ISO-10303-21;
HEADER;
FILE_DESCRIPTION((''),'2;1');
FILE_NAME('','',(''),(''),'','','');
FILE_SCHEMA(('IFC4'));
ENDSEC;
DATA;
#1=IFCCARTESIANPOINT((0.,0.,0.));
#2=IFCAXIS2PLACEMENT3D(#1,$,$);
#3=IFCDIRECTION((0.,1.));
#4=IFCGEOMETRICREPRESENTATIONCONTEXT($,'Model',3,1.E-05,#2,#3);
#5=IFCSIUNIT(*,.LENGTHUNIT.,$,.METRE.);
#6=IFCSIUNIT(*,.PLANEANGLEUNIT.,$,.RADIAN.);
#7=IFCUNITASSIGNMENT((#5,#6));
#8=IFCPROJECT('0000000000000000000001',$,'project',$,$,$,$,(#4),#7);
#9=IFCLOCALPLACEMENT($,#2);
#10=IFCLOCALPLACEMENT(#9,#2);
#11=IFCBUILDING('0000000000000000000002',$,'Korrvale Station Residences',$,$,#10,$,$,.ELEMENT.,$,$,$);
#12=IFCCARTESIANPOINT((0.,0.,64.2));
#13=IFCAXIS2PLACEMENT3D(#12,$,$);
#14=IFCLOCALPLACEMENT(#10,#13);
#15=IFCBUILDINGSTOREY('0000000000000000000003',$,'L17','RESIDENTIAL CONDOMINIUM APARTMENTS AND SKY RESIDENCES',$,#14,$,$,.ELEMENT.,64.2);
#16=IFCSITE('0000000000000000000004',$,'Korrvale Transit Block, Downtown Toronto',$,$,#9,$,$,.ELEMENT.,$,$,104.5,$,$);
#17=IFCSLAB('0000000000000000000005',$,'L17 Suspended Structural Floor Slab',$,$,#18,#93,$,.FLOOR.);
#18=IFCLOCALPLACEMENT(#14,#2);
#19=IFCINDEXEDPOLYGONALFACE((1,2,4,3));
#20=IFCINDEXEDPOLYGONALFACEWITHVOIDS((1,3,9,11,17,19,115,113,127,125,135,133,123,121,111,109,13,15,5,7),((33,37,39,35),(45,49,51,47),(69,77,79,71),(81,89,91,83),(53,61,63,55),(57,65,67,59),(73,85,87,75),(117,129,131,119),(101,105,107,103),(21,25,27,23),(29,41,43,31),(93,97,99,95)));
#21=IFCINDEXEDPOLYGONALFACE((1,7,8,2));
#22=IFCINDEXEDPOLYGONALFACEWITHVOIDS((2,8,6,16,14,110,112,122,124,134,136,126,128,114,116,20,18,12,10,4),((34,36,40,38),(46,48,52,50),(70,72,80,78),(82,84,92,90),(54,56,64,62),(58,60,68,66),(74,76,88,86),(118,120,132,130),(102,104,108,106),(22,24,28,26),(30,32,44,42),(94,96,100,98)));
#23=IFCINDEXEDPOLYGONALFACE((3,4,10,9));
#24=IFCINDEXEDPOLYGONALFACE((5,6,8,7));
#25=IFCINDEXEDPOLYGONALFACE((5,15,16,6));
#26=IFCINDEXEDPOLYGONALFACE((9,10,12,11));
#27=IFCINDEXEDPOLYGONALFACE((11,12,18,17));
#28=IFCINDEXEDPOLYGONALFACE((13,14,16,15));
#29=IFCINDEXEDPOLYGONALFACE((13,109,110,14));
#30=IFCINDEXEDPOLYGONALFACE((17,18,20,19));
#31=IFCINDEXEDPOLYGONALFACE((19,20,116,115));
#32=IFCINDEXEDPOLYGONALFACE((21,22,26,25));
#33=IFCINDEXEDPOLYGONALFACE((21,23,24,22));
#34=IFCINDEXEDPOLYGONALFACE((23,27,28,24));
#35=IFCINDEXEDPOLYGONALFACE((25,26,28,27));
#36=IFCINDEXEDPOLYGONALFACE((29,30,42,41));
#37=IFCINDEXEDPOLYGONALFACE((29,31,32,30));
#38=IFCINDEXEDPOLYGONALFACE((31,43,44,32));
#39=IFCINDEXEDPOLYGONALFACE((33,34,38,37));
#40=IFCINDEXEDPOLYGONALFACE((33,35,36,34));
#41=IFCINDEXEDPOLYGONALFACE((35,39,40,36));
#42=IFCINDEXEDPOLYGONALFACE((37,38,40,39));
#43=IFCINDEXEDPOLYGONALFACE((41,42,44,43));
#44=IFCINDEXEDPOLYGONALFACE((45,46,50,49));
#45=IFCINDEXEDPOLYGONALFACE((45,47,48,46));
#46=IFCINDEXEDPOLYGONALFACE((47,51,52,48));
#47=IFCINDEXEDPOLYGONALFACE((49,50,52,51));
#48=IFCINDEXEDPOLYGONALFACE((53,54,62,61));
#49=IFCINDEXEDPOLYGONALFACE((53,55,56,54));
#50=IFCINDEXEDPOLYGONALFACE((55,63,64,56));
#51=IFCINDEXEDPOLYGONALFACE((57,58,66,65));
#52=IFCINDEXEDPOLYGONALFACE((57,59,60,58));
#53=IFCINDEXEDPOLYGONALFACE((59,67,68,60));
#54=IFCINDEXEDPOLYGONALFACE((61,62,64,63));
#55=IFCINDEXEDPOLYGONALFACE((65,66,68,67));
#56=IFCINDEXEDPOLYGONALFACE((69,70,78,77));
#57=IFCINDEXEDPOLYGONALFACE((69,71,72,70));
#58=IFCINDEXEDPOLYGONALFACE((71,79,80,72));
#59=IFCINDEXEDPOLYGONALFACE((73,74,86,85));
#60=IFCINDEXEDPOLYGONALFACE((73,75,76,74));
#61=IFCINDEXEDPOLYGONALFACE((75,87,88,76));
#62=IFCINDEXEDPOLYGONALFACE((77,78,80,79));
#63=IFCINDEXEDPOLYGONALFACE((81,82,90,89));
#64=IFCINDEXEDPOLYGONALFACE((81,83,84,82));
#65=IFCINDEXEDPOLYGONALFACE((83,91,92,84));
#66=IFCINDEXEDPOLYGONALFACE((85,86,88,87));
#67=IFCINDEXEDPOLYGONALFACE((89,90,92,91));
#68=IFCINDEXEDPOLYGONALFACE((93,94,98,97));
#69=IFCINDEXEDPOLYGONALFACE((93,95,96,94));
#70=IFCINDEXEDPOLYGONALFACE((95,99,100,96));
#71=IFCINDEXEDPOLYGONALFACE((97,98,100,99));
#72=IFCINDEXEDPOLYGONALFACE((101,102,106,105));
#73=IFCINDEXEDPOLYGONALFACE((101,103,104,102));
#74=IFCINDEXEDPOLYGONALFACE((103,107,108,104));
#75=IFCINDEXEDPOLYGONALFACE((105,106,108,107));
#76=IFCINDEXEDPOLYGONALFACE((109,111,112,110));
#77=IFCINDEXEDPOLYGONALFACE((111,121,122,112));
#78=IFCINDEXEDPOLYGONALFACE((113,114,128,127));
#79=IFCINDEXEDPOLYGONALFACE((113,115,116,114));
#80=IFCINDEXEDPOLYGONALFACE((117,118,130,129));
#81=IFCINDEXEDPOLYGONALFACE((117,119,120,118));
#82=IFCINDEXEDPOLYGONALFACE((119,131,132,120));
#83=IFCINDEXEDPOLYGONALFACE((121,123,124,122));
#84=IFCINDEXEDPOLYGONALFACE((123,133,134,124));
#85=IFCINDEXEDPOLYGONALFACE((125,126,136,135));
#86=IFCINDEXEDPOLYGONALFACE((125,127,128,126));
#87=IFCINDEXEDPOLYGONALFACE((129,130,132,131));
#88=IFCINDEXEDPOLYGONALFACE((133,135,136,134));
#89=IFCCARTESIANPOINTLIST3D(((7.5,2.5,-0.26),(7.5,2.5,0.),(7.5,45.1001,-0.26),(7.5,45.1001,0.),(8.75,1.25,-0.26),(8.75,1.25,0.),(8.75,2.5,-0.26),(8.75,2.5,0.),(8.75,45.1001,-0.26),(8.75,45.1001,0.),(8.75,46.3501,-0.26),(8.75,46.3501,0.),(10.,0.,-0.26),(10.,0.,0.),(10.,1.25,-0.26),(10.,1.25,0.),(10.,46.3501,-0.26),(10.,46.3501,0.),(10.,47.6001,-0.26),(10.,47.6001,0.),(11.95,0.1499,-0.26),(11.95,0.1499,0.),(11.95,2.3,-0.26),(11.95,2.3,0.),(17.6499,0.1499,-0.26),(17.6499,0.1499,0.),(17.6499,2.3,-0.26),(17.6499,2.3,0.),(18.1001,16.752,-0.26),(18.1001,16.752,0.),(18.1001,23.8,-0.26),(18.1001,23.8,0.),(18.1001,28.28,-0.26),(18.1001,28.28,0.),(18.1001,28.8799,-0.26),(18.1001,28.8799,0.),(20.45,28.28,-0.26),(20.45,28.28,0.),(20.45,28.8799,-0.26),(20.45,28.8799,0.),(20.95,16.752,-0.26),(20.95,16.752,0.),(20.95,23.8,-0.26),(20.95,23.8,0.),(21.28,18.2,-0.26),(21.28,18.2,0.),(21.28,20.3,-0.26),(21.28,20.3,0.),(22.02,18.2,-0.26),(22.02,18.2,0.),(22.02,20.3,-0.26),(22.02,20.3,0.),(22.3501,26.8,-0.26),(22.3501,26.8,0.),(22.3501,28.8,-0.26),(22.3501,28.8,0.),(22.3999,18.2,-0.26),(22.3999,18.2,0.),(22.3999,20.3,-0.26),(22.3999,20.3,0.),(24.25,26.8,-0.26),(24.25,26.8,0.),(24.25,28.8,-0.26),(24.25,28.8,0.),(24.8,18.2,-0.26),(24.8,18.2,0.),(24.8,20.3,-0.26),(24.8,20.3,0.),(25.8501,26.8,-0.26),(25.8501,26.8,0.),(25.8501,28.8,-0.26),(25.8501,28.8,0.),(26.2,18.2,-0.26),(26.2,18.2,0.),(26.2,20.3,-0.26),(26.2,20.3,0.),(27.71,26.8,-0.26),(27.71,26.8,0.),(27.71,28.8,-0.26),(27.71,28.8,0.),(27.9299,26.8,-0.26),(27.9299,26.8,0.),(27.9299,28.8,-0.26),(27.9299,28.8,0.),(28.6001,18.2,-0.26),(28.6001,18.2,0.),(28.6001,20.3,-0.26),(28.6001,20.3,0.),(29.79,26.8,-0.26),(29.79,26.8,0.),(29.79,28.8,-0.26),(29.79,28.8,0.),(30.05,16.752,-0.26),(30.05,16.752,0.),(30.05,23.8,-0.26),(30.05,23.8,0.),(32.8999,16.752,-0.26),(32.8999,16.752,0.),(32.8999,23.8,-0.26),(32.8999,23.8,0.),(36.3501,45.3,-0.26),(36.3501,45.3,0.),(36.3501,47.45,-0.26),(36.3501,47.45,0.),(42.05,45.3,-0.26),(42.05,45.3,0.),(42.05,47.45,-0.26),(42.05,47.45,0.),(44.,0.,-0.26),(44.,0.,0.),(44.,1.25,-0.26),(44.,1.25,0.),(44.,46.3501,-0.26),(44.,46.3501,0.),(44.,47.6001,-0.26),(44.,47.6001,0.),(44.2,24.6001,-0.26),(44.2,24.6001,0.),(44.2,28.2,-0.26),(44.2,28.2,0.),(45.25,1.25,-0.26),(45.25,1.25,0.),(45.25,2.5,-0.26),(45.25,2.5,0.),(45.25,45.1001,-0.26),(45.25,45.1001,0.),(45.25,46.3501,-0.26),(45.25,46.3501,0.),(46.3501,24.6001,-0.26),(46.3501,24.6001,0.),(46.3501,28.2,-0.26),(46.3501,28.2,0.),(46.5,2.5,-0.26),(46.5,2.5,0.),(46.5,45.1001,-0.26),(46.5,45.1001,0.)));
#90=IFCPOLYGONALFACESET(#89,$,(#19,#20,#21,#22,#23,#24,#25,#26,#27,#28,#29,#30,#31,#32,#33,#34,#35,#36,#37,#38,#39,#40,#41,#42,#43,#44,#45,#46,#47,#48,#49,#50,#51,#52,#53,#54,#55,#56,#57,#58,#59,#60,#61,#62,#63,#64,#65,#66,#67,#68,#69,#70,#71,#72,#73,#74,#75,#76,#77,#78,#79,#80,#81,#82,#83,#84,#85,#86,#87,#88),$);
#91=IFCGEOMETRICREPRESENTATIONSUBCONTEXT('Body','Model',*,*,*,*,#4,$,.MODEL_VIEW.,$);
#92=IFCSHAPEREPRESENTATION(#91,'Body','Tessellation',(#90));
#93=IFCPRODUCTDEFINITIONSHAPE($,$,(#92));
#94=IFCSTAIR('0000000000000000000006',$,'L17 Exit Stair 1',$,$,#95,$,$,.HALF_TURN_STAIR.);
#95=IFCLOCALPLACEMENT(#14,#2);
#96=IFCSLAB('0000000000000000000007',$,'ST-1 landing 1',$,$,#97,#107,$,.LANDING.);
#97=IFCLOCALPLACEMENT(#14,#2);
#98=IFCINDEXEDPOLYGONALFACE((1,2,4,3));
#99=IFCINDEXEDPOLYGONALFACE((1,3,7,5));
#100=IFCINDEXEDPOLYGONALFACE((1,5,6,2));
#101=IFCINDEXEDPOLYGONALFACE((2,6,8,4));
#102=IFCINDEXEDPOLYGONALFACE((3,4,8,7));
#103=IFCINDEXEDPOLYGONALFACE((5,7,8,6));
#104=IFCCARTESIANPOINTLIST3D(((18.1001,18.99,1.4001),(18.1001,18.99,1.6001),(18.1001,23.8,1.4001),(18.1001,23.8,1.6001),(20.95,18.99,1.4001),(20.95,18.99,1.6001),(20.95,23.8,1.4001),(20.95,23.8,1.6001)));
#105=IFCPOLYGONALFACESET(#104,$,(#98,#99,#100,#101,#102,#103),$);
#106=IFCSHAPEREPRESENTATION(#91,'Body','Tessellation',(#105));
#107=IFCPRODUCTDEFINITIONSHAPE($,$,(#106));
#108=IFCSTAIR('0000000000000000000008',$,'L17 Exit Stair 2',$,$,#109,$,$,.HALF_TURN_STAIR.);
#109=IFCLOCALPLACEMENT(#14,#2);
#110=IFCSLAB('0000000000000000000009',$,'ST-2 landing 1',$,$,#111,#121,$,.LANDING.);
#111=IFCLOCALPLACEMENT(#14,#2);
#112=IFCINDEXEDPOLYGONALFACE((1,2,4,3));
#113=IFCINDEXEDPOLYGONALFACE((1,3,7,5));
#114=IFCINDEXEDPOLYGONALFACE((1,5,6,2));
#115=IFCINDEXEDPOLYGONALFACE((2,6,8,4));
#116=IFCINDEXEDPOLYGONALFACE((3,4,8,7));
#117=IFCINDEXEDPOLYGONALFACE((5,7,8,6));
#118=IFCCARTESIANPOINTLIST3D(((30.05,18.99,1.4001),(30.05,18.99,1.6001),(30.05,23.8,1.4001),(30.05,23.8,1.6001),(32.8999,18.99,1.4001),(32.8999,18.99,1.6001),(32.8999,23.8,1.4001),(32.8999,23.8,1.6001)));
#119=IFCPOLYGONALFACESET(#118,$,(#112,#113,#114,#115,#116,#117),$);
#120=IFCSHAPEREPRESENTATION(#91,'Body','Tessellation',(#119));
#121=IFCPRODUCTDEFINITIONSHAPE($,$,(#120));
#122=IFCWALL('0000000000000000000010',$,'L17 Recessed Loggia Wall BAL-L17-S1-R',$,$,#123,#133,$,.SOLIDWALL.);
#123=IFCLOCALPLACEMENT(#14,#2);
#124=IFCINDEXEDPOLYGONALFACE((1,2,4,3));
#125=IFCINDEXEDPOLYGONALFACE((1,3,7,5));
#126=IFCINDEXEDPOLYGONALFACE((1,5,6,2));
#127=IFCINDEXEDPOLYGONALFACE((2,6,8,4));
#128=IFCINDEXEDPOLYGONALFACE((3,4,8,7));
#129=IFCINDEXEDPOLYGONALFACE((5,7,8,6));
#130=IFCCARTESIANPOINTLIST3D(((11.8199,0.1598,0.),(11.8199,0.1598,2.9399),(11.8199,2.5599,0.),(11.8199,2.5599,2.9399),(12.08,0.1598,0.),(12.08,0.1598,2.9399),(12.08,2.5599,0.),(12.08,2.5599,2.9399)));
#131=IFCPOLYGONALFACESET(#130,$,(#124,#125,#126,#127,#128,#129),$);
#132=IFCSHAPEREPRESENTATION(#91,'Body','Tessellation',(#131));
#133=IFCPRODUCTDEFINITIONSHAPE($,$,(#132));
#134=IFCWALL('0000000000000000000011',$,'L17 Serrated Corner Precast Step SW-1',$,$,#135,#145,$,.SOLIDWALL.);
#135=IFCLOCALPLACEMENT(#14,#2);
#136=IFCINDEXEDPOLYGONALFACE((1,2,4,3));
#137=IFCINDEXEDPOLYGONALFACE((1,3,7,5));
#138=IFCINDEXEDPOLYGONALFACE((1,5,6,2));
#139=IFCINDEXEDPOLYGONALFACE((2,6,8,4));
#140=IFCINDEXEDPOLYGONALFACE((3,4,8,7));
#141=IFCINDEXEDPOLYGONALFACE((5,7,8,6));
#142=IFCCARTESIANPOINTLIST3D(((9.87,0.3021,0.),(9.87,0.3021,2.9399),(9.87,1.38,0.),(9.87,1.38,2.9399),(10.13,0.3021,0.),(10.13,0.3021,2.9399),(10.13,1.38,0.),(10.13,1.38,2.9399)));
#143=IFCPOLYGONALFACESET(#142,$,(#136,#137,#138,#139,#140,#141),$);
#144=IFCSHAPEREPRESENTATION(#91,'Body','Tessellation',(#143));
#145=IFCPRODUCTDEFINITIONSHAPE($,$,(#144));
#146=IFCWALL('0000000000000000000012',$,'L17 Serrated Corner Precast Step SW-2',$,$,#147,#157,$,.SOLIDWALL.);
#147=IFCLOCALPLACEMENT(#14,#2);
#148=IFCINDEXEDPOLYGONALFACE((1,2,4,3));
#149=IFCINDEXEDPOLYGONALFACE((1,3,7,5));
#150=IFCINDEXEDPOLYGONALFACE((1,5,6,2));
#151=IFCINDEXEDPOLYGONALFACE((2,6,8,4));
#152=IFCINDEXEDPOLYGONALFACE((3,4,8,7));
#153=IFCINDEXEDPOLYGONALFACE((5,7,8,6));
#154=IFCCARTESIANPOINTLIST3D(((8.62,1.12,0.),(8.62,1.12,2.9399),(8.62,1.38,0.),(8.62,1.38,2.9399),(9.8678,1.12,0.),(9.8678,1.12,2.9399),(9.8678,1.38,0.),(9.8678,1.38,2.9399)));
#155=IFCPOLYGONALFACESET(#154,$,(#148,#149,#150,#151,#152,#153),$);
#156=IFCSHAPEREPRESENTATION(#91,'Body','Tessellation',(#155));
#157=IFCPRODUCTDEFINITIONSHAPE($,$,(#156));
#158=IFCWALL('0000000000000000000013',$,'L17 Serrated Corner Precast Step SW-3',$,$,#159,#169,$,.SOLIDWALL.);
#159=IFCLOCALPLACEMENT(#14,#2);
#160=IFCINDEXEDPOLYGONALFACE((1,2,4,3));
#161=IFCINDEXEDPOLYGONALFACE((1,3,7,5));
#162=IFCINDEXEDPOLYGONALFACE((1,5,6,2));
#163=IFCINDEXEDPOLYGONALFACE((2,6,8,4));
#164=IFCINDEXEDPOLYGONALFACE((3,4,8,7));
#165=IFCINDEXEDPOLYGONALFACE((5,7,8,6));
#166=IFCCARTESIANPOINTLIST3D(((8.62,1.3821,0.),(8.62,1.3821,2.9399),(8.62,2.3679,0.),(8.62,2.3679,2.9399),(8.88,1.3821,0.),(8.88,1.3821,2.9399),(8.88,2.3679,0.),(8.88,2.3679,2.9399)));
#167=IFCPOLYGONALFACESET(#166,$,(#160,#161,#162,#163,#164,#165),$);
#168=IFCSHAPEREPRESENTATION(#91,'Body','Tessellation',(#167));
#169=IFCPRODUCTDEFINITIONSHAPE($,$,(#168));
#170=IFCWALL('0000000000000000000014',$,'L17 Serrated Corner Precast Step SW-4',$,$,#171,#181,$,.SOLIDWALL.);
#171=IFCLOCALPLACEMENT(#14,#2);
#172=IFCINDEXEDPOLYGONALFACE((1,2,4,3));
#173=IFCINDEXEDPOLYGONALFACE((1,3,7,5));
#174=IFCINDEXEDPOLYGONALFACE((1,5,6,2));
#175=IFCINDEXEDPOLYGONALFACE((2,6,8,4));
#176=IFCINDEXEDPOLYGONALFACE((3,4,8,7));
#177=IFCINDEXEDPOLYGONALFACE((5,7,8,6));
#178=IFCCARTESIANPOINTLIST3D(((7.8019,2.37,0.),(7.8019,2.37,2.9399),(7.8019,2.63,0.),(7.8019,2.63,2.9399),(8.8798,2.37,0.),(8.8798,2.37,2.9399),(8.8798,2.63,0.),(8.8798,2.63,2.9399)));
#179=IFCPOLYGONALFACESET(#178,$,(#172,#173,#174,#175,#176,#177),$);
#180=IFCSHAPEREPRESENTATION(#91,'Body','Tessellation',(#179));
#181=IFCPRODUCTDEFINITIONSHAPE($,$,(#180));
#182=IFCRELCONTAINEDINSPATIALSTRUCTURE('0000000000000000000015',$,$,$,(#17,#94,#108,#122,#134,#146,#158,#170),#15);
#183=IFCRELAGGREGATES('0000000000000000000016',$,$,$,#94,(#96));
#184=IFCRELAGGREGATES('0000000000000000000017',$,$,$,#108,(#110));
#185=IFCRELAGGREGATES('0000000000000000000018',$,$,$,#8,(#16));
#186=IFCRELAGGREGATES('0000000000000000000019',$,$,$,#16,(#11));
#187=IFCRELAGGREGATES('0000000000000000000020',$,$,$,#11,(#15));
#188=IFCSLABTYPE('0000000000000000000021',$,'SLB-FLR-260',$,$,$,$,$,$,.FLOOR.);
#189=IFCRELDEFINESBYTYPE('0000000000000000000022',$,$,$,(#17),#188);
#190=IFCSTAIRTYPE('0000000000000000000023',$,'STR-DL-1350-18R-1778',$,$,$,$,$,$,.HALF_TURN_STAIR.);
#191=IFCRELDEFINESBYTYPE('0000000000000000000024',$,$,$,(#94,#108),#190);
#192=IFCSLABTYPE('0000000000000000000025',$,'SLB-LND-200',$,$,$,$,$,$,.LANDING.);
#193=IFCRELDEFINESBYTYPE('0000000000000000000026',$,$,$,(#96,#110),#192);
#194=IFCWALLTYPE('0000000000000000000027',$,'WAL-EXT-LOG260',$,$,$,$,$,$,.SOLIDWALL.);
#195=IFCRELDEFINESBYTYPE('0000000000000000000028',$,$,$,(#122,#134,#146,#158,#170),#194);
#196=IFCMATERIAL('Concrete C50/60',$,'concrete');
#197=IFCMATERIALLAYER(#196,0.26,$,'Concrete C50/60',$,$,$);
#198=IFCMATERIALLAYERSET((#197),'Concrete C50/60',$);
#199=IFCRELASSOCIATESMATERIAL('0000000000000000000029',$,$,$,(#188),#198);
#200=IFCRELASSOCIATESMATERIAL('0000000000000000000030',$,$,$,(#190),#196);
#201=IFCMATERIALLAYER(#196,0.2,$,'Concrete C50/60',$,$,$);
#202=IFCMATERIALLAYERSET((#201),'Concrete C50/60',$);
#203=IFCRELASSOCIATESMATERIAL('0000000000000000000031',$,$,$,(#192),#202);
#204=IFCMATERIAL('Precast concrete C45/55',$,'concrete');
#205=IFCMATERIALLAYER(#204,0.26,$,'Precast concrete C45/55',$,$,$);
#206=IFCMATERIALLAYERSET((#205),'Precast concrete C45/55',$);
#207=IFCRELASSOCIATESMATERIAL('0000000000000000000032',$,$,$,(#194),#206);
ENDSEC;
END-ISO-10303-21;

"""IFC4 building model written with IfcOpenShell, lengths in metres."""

from ifc_helpers import new_model, si_unit, direction, frame, frame_2d, origin, place, context, subcontext, project, spatial, polyline, rectangle, outline, extrude, material, layer, layer_set, type_object, element, aggregate, save


model = new_model("IFC4")

# Units and contexts
model_context = context("Model", 3, precision=1e-05, world=origin(), true_north=direction((0.0, 1.0)))
body_context = subcontext(model_context, "Body", "Model", "MODEL_VIEW")
ifc_project = project(units=[si_unit("LENGTHUNIT", "METRE"), si_unit("PLANEANGLEUNIT", "RADIAN")], contexts=[model_context])

# Site, building, storey
site_placement = place(None, origin())
site = spatial("IfcSite", under=ifc_project, at=site_placement, Name="Korrvale Transit Block, Downtown Toronto", CompositionType="ELEMENT", RefElevation=104.5)
building_placement = place(site_placement, origin())
building = spatial("IfcBuilding", under=site, at=building_placement, Name="Korrvale Station Residences", CompositionType="ELEMENT")
storey_placement = place(building_placement, frame((0.0, 0.0, 64.2)))
storey = spatial("IfcBuildingStorey", under=building, at=storey_placement, Name="L17", Description="RESIDENTIAL CONDOMINIUM APARTMENTS AND SKY RESIDENCES", CompositionType="ELEMENT", Elevation=64.2)

# Slab
ifc_material_1 = material(Name="Concrete C50/60", Category="concrete")
ifc_layer_1 = layer(ifc_material_1, 0.26, Name="Concrete C50/60")
ifc_layer_set_1 = layer_set([ifc_layer_1], Name="Concrete C50/60")
slab_type_1 = type_object("IfcSlabType", Name="SLB-FLR-260", PredefinedType="FLOOR", material=ifc_layer_set_1)
slab_1_placement = place(storey_placement, frame((0.0, 0.0, -0.26)))
element("IfcSlab", 1, at=slab_1_placement, inside=storey, type_object=slab_type_1, Name="L17 Suspended Structural Floor Slab", PredefinedType="FLOOR", context=body_context, shape_type="SweptSolid", body=[
    extrude(outline(polyline([(10.0, 0.0), (44.0, 0.0), (44.0, 1.25), (45.25, 1.25), (45.25, 2.5), (46.5, 2.5), (46.5, 45.1001), (45.25, 45.1001), (45.25, 46.3501), (44.0, 46.3501), (44.0, 47.6001), (10.0, 47.6001), (10.0, 46.3501), (8.75, 46.3501), (8.75, 45.1001), (7.5, 45.1001), (7.5, 2.5), (8.75, 2.5), (8.75, 1.25), (10.0, 1.25), (10.0, 0.0)]), holes=[polyline([(20.95, 16.752), (20.95, 23.8), (18.1001, 23.8), (18.1001, 16.752), (20.95, 16.752)]), polyline([(32.8999, 16.752), (32.8999, 23.8), (30.05, 23.8), (30.05, 16.752), (32.8999, 16.752)]), polyline([(22.3501, 26.8), (24.25, 26.8), (24.25, 28.8), (22.3501, 28.8), (22.3501, 26.8)]), polyline([(25.8501, 26.8), (27.71, 26.8), (27.71, 28.8), (25.8501, 28.8), (25.8501, 26.8)]), polyline([(27.9299, 26.8), (29.79, 26.8), (29.79, 28.8), (27.9299, 28.8), (27.9299, 26.8)]), polyline([(22.3999, 18.2), (24.8, 18.2), (24.8, 20.3), (22.3999, 20.3), (22.3999, 18.2)]), polyline([(26.2, 18.2), (28.6001, 18.2), (28.6001, 20.3), (26.2, 20.3), (26.2, 18.2)]), polyline([(18.1001, 28.28), (20.45, 28.28), (20.45, 28.8799), (18.1001, 28.8799), (18.1001, 28.28)]), polyline([(21.28, 18.2), (22.02, 18.2), (22.02, 20.3), (21.28, 20.3), (21.28, 18.2)]), polyline([(11.95, 0.1499), (17.6499, 0.1499), (17.6499, 2.3), (11.95, 2.3), (11.95, 0.1499)]), polyline([(36.3501, 45.3), (42.05, 45.3), (42.05, 47.45), (36.3501, 47.45), (36.3501, 45.3)]), polyline([(44.2, 24.6001), (46.3501, 24.6001), (46.3501, 28.2), (44.2, 28.2), (44.2, 24.6001)])]), origin(), (0.0, 0.0, 1.0), 0.26),
])

# Stairs, slabs
stair_type = type_object("IfcStairType", Name="STR-DL-1350-18R-1778", PredefinedType="HALF_TURN_STAIR", material=ifc_material_1)
stair_1_placement = place(storey_placement, origin())
stair_1 = element("IfcStair", 2, at=stair_1_placement, inside=storey, type_object=stair_type, Name="L17 Exit Stair 1", PredefinedType="HALF_TURN_STAIR")
ifc_layer_2 = layer(ifc_material_1, 0.2, Name="Concrete C50/60")
ifc_layer_set_2 = layer_set([ifc_layer_2], Name="Concrete C50/60")
slab_type_2 = type_object("IfcSlabType", Name="SLB-LND-200", PredefinedType="LANDING", material=ifc_layer_set_2)
slab_2_placement = place(storey_placement, frame((0.0, 0.0, 1.4001)))
slab_2 = element("IfcSlab", 3, at=slab_2_placement, type_object=slab_type_2, Name="ST-1 landing 1", PredefinedType="LANDING", context=body_context, shape_type="SweptSolid", body=[
    extrude(outline(polyline([(20.95, 18.99), (20.95, 23.8), (18.1001, 23.8), (18.1001, 18.99), (20.95, 18.99)])), origin(), (0.0, 0.0, 1.0), 0.2),
])
aggregate(stair_1, [slab_2])
stair_2_placement = place(storey_placement, origin())
stair_2 = element("IfcStair", 4, at=stair_2_placement, inside=storey, type_object=stair_type, Name="L17 Exit Stair 2", PredefinedType="HALF_TURN_STAIR")
slab_3_placement = place(storey_placement, frame((0.0, 0.0, 1.4001)))
slab_3 = element("IfcSlab", 5, at=slab_3_placement, type_object=slab_type_2, Name="ST-2 landing 1", PredefinedType="LANDING", context=body_context, shape_type="SweptSolid", body=[
    extrude(outline(polyline([(32.8999, 18.99), (32.8999, 23.8), (30.05, 23.8), (30.05, 18.99), (32.8999, 18.99)])), origin(), (0.0, 0.0, 1.0), 0.2),
])
aggregate(stair_2, [slab_3])

# Walls
ifc_material_2 = material(Name="Precast concrete C45/55", Category="concrete")
ifc_layer_3 = layer(ifc_material_2, 0.26, Name="Precast concrete C45/55")
ifc_layer_set_3 = layer_set([ifc_layer_3], Name="Precast concrete C45/55")
wall_type_1 = type_object("IfcWallType", Name="WAL-EXT-LOG260", PredefinedType="SOLIDWALL", material=ifc_layer_set_3)
wall_1_placement = place(storey_placement, frame((11.95, 2.5601, 0.0), z_axis=(0.0, 0.0, 1.0), x_axis=(0.0, -1.0, 0.0)))
element("IfcWall", 6, at=wall_1_placement, inside=storey, type_object=wall_type_1, Name="L17 Recessed Loggia Wall BAL-L17-S1-R", PredefinedType="SOLIDWALL", context=body_context, shape_type="SweptSolid", body=[
    extrude(rectangle(XDim=2.4001, YDim=0.26, at=frame_2d((1.2002, 0.0))), origin(), (0.0, 0.0, 1.0), 2.9399),
])
wall_2_placement = place(storey_placement, frame((10.0, 0.302, 0.0), z_axis=(0.0, 0.0, 1.0), x_axis=(0.0, 1.0, 0.0)))
element("IfcWall", 7, at=wall_2_placement, inside=storey, type_object=wall_type_1, Name="L17 Serrated Corner Precast Step SW-1", PredefinedType="SOLIDWALL", context=body_context, shape_type="SweptSolid", body=[
    extrude(rectangle(XDim=1.0779, YDim=0.26, at=frame_2d((0.5391, 0.0))), origin(), (0.0, 0.0, 1.0), 2.9399),
])
wall_3_placement = place(storey_placement, frame((9.8679, 1.25, 0.0), z_axis=(0.0, 0.0, 1.0), x_axis=(-1.0, 0.0, 0.0)))
element("IfcWall", 8, at=wall_3_placement, inside=storey, type_object=wall_type_1, Name="L17 Serrated Corner Precast Step SW-2", PredefinedType="SOLIDWALL", context=body_context, shape_type="SweptSolid", body=[
    extrude(rectangle(XDim=1.2478, YDim=0.26, at=frame_2d((0.624, 0.0))), origin(), (0.0, 0.0, 1.0), 2.9399),
])
wall_4_placement = place(storey_placement, frame((8.75, 1.3821, 0.0), z_axis=(0.0, 0.0, 1.0), x_axis=(0.0, 1.0, 0.0)))
element("IfcWall", 9, at=wall_4_placement, inside=storey, type_object=wall_type_1, Name="L17 Serrated Corner Precast Step SW-3", PredefinedType="SOLIDWALL", context=body_context, shape_type="SweptSolid", body=[
    extrude(rectangle(XDim=0.9858, YDim=0.26, at=frame_2d((0.4929, 0.0))), origin(), (0.0, 0.0, 1.0), 2.9399),
])
wall_5_placement = place(storey_placement, frame((8.8799, 2.5, 0.0), z_axis=(0.0, 0.0, 1.0), x_axis=(-1.0, 0.0, 0.0)))
element("IfcWall", 10, at=wall_5_placement, inside=storey, type_object=wall_type_1, Name="L17 Serrated Corner Precast Step SW-4", PredefinedType="SOLIDWALL", context=body_context, shape_type="SweptSolid", body=[
    extrude(rectangle(XDim=1.0779, YDim=0.26, at=frame_2d((0.5391, 0.0))), origin(), (0.0, 0.0, 1.0), 2.9399),
])

save(model, "model.ifc")
